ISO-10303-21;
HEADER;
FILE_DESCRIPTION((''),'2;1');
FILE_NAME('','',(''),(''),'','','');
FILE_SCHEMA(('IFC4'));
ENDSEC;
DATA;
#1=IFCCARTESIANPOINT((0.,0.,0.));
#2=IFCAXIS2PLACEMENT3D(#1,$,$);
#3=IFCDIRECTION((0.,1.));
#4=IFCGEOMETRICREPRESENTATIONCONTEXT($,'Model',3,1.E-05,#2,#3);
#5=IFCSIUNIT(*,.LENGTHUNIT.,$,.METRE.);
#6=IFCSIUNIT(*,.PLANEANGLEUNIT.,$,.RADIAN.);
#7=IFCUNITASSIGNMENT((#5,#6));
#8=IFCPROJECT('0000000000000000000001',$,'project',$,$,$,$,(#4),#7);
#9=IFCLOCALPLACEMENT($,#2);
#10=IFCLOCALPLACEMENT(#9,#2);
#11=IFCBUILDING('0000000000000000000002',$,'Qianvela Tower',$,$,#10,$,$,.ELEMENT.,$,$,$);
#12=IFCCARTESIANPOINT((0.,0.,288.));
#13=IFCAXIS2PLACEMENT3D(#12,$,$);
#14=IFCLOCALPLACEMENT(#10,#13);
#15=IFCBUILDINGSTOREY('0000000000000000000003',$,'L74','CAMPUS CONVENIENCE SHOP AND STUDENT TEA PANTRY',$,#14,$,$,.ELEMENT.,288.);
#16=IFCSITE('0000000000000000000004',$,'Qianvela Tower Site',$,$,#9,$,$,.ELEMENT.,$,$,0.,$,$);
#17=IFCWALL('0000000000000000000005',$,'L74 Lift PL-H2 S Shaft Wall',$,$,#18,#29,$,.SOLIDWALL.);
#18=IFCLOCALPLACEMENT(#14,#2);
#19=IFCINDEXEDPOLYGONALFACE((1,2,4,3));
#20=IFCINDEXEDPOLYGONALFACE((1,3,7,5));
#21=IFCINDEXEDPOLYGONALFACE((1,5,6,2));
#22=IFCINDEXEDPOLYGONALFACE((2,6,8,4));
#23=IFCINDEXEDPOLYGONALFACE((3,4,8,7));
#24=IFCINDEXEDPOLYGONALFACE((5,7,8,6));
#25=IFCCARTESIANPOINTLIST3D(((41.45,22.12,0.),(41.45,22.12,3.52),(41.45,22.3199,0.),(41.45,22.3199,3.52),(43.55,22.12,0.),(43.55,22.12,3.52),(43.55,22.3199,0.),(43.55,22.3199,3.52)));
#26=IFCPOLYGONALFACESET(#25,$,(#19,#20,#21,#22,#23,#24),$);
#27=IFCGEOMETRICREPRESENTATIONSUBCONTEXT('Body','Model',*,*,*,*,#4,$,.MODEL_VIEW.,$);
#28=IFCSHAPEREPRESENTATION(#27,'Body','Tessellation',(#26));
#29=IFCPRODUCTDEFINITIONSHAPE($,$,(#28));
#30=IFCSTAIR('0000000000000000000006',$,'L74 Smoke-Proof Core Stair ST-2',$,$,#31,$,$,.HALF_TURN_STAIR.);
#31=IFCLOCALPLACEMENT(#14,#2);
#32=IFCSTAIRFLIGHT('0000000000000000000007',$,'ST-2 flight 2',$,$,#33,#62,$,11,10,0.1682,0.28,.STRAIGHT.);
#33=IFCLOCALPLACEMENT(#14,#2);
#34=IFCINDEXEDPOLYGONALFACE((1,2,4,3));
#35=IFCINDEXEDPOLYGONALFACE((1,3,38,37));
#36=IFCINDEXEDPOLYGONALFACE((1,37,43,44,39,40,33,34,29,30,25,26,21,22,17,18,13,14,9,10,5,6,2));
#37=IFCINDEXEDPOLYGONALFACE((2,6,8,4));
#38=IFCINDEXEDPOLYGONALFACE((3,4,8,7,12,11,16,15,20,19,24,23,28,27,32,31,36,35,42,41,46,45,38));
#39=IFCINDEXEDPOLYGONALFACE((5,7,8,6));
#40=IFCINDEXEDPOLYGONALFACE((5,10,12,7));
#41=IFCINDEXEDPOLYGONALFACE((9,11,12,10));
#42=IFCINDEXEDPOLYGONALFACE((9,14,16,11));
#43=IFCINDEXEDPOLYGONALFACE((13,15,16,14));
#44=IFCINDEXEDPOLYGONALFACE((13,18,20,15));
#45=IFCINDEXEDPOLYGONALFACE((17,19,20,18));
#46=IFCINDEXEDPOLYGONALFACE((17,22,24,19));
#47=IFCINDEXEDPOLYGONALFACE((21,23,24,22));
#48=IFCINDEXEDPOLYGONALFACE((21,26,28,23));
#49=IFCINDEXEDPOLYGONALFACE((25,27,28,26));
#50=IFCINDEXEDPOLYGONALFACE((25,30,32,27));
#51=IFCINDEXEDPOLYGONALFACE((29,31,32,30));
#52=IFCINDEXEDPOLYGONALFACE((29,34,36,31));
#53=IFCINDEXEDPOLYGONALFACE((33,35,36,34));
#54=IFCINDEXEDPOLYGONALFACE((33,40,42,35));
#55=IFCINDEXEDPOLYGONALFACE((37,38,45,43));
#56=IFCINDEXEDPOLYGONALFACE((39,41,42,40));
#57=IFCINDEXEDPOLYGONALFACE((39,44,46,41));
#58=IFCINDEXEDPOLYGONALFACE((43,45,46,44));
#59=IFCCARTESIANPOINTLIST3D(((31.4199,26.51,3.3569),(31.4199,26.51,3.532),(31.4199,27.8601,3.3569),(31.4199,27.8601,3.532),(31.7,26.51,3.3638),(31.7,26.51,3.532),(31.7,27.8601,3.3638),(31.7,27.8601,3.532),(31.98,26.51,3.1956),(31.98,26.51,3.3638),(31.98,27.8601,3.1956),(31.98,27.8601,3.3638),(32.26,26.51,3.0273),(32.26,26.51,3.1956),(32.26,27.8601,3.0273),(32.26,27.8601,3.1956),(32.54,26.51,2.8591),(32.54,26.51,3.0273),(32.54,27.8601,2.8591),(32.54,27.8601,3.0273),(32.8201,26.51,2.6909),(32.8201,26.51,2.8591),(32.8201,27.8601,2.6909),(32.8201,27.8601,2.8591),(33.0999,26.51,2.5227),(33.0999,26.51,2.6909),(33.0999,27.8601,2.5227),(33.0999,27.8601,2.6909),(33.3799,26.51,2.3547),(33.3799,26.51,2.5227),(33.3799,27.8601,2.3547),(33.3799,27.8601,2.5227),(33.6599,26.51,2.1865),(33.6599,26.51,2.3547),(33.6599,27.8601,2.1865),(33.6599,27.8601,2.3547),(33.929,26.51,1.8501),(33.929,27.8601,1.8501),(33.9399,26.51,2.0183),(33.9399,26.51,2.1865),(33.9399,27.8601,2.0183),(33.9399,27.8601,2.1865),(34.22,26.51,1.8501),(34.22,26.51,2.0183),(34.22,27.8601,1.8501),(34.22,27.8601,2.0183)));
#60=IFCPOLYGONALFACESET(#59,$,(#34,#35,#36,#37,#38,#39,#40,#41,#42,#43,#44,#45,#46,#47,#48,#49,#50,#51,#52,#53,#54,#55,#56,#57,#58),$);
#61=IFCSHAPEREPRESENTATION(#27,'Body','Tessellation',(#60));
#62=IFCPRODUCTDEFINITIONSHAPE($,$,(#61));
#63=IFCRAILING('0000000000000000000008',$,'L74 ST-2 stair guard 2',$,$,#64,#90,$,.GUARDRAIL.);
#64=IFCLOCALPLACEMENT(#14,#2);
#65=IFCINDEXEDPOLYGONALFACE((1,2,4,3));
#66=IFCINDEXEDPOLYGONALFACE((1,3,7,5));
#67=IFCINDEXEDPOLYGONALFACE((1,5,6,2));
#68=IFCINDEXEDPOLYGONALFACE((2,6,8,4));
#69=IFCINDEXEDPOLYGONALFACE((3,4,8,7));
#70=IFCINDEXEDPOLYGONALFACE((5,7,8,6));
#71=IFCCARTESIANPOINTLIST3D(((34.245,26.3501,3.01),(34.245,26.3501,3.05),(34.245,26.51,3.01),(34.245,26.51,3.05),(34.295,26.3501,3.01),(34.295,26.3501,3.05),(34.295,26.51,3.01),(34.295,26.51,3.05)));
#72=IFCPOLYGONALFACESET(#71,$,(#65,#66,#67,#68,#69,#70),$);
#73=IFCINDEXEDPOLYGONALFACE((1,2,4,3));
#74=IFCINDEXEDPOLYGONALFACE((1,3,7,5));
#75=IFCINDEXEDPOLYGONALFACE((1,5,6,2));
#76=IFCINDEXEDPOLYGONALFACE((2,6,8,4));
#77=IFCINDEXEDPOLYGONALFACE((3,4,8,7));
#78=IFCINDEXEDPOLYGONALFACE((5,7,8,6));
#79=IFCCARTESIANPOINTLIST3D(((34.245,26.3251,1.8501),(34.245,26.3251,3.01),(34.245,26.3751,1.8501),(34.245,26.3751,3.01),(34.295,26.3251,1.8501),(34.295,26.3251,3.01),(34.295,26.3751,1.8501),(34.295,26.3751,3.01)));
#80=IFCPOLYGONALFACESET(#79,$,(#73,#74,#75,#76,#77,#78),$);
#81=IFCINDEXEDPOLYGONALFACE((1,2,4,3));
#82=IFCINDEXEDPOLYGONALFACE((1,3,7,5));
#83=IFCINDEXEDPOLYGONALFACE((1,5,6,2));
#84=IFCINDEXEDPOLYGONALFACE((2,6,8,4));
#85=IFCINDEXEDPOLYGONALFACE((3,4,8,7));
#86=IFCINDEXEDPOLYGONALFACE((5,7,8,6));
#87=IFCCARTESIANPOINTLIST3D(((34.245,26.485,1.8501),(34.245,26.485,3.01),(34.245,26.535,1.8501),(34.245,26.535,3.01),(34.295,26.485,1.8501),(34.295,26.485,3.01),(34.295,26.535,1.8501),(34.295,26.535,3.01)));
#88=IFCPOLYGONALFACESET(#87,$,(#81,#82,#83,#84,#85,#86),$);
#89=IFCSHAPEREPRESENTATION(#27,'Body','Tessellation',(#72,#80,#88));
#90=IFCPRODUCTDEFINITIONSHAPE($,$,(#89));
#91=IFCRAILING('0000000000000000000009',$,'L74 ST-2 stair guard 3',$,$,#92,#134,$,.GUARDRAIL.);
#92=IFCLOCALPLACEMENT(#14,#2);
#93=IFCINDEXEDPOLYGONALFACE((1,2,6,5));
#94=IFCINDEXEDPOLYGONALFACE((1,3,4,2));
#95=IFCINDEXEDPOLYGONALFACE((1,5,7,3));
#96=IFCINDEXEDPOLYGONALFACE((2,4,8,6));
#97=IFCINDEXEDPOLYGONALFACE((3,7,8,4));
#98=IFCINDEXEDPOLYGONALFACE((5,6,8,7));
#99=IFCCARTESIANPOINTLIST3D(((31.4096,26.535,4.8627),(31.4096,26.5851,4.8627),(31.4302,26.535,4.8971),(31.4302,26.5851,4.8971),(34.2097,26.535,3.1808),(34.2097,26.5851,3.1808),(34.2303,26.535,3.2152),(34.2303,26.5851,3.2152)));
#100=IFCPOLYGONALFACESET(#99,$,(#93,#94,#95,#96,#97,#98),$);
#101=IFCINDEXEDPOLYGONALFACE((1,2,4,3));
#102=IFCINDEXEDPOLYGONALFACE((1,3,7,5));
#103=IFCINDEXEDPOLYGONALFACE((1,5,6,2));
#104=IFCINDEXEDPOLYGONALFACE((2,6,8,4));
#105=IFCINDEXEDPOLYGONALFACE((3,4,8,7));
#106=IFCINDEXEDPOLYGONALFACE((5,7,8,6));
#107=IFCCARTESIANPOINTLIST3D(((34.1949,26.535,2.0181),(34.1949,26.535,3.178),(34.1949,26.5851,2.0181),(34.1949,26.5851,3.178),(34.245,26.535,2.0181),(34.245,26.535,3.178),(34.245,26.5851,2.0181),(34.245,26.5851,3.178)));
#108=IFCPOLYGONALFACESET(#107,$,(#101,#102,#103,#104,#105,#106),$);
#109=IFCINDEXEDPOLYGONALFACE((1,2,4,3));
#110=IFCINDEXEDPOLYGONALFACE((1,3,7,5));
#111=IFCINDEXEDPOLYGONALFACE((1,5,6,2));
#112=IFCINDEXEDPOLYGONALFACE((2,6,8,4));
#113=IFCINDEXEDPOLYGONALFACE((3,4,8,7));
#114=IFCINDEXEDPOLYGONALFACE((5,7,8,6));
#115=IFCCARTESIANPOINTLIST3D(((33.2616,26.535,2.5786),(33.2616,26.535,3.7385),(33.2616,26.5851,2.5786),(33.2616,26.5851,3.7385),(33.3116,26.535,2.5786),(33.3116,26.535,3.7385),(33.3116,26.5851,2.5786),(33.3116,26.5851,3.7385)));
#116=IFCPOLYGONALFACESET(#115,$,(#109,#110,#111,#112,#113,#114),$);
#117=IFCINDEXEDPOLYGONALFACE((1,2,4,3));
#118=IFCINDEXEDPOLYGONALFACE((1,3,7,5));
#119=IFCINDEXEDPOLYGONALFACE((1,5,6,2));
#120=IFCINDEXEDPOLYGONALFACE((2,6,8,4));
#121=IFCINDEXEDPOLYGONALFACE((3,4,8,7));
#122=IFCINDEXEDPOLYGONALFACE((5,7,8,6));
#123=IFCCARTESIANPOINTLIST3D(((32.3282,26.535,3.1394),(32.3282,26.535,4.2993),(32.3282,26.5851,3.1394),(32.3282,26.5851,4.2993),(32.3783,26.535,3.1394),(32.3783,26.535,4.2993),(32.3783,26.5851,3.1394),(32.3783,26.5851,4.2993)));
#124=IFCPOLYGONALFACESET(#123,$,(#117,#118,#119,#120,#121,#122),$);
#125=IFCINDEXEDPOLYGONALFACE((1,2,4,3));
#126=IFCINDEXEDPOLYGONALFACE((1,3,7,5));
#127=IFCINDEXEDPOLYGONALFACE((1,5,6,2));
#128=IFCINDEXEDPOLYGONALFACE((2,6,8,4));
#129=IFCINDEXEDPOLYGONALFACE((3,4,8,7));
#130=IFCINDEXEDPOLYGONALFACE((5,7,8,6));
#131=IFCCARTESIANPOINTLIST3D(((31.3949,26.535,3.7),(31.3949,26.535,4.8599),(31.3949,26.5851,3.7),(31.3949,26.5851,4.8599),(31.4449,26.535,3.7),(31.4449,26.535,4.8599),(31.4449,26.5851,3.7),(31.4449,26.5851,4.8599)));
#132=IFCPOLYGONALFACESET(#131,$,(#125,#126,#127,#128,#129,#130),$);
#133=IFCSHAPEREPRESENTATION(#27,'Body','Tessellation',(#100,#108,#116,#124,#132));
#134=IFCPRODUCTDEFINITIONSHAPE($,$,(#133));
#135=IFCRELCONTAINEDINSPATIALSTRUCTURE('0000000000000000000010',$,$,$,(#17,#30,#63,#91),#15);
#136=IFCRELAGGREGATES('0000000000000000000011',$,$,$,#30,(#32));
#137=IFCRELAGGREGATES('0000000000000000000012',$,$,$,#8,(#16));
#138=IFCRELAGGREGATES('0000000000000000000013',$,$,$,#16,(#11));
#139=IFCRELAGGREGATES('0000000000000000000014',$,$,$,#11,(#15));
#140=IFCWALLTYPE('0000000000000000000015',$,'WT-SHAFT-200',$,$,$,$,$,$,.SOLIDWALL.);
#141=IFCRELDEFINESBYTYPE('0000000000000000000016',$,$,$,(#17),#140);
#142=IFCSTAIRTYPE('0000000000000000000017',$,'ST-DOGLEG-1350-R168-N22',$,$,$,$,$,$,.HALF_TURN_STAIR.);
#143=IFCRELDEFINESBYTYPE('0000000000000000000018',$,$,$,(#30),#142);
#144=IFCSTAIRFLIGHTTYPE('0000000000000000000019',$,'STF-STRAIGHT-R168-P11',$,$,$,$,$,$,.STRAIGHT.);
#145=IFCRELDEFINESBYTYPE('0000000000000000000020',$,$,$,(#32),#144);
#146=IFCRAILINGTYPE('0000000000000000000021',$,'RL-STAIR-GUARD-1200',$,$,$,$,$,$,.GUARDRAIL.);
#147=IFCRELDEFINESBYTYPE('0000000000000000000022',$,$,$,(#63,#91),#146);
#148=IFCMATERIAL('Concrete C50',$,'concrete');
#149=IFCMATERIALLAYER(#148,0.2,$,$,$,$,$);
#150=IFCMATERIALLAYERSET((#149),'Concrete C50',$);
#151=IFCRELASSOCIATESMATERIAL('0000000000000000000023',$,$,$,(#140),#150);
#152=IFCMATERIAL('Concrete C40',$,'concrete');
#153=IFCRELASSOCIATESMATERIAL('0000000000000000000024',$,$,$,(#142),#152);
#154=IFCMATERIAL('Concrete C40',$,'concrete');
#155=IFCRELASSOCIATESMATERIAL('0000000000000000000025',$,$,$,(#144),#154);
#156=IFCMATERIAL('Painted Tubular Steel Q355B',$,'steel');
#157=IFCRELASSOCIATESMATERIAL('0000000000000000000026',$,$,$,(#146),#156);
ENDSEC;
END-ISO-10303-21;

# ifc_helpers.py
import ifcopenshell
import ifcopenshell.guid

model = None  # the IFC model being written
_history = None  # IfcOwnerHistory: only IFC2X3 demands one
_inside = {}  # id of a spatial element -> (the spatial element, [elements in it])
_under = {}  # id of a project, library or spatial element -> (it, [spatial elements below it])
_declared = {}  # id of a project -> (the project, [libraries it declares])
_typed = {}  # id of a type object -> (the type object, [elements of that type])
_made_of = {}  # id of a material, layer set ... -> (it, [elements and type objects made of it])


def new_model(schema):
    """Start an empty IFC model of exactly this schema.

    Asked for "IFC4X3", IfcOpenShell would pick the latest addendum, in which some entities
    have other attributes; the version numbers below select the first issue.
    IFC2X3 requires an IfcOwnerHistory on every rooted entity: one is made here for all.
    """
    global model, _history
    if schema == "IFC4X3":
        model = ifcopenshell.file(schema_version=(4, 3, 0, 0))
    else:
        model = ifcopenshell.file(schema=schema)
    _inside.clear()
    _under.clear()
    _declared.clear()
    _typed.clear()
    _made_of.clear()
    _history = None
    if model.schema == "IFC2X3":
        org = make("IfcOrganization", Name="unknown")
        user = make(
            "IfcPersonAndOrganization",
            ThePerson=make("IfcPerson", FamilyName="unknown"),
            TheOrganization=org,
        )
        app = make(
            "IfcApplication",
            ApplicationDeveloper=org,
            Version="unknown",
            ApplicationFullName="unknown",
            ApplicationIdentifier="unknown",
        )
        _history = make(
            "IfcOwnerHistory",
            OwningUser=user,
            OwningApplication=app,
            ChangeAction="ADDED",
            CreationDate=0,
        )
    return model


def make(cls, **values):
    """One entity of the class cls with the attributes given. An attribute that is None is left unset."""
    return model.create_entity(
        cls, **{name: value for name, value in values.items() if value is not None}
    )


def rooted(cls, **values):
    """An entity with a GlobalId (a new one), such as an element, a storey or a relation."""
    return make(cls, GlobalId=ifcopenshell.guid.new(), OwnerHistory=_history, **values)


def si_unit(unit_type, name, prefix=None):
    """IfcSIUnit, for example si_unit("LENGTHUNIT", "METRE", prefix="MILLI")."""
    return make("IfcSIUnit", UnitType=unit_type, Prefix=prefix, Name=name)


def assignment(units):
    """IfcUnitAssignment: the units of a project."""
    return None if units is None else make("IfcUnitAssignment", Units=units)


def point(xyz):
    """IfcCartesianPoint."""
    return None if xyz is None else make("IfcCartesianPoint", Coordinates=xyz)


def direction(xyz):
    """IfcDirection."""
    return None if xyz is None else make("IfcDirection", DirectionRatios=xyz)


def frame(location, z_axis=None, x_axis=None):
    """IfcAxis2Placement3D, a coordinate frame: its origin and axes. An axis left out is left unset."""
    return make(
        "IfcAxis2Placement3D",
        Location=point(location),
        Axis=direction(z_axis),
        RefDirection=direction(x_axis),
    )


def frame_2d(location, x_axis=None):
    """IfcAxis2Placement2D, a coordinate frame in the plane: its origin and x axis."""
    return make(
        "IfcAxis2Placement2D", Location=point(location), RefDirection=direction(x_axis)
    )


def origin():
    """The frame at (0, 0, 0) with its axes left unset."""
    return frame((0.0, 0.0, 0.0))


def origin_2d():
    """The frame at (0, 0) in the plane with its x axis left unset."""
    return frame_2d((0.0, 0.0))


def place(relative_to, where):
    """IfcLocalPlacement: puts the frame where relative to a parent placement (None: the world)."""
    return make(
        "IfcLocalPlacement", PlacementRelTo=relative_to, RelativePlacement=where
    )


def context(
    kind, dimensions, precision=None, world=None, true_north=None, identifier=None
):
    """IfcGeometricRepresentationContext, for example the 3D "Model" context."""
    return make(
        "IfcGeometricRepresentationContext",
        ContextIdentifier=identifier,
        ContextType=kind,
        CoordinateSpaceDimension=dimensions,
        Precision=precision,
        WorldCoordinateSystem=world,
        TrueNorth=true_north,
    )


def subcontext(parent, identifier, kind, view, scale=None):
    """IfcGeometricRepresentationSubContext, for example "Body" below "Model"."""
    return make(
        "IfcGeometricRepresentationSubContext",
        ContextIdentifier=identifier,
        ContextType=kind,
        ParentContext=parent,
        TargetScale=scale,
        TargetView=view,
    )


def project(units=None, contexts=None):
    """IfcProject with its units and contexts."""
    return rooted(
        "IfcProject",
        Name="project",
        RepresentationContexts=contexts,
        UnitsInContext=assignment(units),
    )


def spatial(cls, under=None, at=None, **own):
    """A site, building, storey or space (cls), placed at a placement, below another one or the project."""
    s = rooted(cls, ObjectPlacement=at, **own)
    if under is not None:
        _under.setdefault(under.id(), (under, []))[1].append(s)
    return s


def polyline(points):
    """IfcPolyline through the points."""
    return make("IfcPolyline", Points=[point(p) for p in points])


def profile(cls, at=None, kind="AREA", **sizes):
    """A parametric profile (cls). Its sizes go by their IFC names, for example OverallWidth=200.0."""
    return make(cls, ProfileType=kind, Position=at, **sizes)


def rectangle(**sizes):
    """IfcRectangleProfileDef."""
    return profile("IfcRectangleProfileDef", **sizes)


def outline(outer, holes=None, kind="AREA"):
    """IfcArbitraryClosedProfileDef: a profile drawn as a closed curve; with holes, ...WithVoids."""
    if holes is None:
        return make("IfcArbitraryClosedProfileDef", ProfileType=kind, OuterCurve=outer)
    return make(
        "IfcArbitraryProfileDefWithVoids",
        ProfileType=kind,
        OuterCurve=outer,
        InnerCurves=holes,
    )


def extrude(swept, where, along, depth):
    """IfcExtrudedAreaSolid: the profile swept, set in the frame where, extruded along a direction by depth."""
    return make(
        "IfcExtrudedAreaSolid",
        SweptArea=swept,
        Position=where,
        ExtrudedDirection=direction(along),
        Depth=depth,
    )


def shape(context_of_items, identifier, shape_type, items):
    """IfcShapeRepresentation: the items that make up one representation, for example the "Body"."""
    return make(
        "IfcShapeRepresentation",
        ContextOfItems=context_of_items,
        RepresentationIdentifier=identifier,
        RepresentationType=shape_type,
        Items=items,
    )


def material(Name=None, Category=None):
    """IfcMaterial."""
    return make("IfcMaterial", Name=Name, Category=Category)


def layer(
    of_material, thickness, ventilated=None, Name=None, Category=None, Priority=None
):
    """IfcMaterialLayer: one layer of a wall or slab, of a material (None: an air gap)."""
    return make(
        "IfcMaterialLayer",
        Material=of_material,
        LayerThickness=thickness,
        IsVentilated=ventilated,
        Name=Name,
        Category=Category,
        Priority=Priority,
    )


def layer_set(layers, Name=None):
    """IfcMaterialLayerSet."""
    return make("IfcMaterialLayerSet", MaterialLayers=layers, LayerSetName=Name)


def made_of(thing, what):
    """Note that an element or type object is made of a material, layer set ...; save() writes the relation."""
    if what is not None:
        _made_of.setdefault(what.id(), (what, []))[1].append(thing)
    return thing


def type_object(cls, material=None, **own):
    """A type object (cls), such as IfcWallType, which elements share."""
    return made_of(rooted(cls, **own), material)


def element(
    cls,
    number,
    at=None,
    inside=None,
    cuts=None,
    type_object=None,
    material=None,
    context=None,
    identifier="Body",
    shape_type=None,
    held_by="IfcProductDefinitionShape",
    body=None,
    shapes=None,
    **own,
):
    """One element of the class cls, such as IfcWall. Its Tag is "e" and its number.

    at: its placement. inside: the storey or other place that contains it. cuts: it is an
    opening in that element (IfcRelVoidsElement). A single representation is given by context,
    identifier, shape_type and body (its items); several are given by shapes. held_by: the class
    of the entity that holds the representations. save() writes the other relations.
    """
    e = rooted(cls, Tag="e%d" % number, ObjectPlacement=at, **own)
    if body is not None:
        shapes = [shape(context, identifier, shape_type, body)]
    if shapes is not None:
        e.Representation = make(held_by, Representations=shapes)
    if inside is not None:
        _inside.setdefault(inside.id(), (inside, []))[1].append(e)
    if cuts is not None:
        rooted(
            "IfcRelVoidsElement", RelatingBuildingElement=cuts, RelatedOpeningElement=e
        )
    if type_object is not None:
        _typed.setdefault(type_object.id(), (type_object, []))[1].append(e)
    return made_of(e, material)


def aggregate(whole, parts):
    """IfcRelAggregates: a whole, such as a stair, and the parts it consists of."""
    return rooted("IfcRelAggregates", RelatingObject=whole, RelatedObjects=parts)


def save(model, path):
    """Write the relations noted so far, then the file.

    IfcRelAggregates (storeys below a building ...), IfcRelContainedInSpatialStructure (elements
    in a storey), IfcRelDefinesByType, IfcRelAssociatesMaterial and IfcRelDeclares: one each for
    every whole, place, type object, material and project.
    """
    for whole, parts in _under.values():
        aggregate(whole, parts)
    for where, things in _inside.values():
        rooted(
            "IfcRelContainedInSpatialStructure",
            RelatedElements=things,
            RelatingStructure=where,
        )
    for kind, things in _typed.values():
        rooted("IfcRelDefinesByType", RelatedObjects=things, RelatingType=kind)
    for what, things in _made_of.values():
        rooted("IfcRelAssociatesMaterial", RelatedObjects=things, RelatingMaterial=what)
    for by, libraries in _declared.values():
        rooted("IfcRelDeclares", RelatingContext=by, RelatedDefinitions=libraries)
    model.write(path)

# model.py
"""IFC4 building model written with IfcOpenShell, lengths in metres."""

from ifc_helpers import new_model, si_unit, direction, frame, frame_2d, origin, origin_2d, place, context, subcontext, project, spatial, polyline, rectangle, outline, extrude, material, layer, layer_set, type_object, element, aggregate, save


model = new_model("IFC4")

# Units and contexts
model_context = context("Model", 3, precision=1e-05, world=origin(), true_north=direction((0.0, 1.0)))
body_context = subcontext(model_context, "Body", "Model", "MODEL_VIEW")
ifc_project = project(units=[si_unit("LENGTHUNIT", "METRE"), si_unit("PLANEANGLEUNIT", "RADIAN")], contexts=[model_context])

# Site, building, storey
site_placement = place(None, origin())
site = spatial("IfcSite", under=ifc_project, at=site_placement, Name="Qianvela Tower Site", CompositionType="ELEMENT", RefElevation=0.0)
building_placement = place(site_placement, origin())
building = spatial("IfcBuilding", under=site, at=building_placement, Name="Qianvela Tower", CompositionType="ELEMENT")
storey_placement = place(building_placement, frame((0.0, 0.0, 288.0)))
storey = spatial("IfcBuildingStorey", under=building, at=storey_placement, Name="L74", Description="CAMPUS CONVENIENCE SHOP AND STUDENT TEA PANTRY", CompositionType="ELEMENT", Elevation=288.0)

# Shared definitions
ifc_material_1 = material(Name="Concrete C50", Category="concrete")
ifc_layer_1 = layer(ifc_material_1, 0.2)
ifc_layer_set_1 = layer_set([ifc_layer_1], Name="Concrete C50")
wall_type_1 = type_object("IfcWallType", Name="WT-SHAFT-200", PredefinedType="SOLIDWALL", material=ifc_layer_set_1)

# Wall
for number, where, z_axis, x_axis, name in (
    (1, (41.45, 22.22, 0.0), (0.0, 0.0, 1.0), (1.0, 0.0, 0.0), "L74 Lift PL-H2 S Shaft Wall"),
):
    element("IfcWall", number, at=place(storey_placement, frame(where, z_axis=z_axis, x_axis=x_axis)), inside=storey, type_object=wall_type_1, Name=name, PredefinedType="SOLIDWALL", context=body_context, shape_type="SweptSolid", body=[
        extrude(rectangle(XDim=2.1001, YDim=0.2, at=frame_2d((1.05, 0.0))), origin(), (0.0, 0.0, 1.0), 3.52),
    ])

# Stair, stair flight
ifc_material_2 = material(Name="Concrete C40", Category="concrete")
stair_type = type_object("IfcStairType", Name="ST-DOGLEG-1350-R168-N22", PredefinedType="HALF_TURN_STAIR", material=ifc_material_2)
stair_placement = place(storey_placement, origin())
stair = element("IfcStair", 2, at=stair_placement, inside=storey, type_object=stair_type, Name="L74 Smoke-Proof Core Stair ST-2", PredefinedType="HALF_TURN_STAIR")
ifc_material_3 = material(Name="Concrete C40", Category="concrete")
stair_flight_type = type_object("IfcStairFlightType", Name="STF-STRAIGHT-R168-P11", PredefinedType="STRAIGHT", material=ifc_material_3)
stair_flight_placement = place(storey_placement, frame((34.22, 27.1851, 1.8501), z_axis=(0.0, 0.0, 1.0), x_axis=(-1.0, 0.0, 0.0)))
stair_flight = element("IfcStairFlight", 3, at=stair_flight_placement, type_object=stair_flight_type, Name="ST-2 flight 2", NumberOfRisers=11, NumberOfTreads=10, PredefinedType="STRAIGHT", RiserHeight=0.1682, TreadLength=0.28, context=body_context, shape_type="SweptSolid", body=[
    extrude(outline(polyline([(0.0, 0.0), (0.0, 0.1682), (0.28, 0.1682), (0.28, 0.3364), (0.5601, 0.3364), (0.5601, 0.5046), (0.8401, 0.5046), (0.8401, 0.6726), (1.1201, 0.6726), (1.1201, 0.8408), (1.3999, 0.8408), (1.3999, 1.009), (1.6799, 1.009), (1.6799, 1.1772), (1.96, 1.1772), (1.96, 1.3455), (2.24, 1.3455), (2.24, 1.5137), (2.52, 1.5137), (2.52, 1.6819), (2.8, 1.6819), (2.8, 1.8501), (2.8, 1.5068), (0.291, 0.0), (0.0, 0.0)])), frame((0.0, 0.675, 0.0), z_axis=(0.0, -1.0, 0.0), x_axis=(1.0, 0.0, 0.0)), (0.0, 0.0, 1.0), 1.3501),
])
aggregate(stair, [stair_flight])

# Railings
ifc_material_4 = material(Name="Painted Tubular Steel Q355B", Category="steel")
railing_type = type_object("IfcRailingType", Name="RL-STAIR-GUARD-1200", PredefinedType="GUARDRAIL", material=ifc_material_4)
railing_1_placement = place(storey_placement, frame((34.27, 26.3501, 1.8501)))
element("IfcRailing", 4, at=railing_1_placement, inside=storey, type_object=railing_type, Name="L74 ST-2 stair guard 2", PredefinedType="GUARDRAIL", context=body_context, shape_type="SweptSolid", body=[
    extrude(rectangle(XDim=0.05, YDim=0.04, at=origin_2d()), frame((0.0, 0.0, 1.1799), z_axis=(0.0, 1.0, 0.0), x_axis=(-1.0, 0.0, 0.0)), (0.0, 0.0, 1.0), 0.1599),
    extrude(rectangle(XDim=0.05, YDim=0.05, at=origin_2d()), origin(), (0.0, 0.0, 1.0), 1.1599),
    extrude(rectangle(XDim=0.05, YDim=0.05, at=origin_2d()), frame((0.0, 0.1599, 0.0)), (0.0, 0.0, 1.0), 1.1599),
])
railing_2_placement = place(storey_placement, frame((34.22, 26.5601, 2.0181)))
element("IfcRailing", 5, at=railing_2_placement, inside=storey, type_object=railing_type, Name="L74 ST-2 stair guard 3", PredefinedType="GUARDRAIL", context=body_context, shape_type="SweptSolid", body=[
    extrude(rectangle(XDim=0.05, YDim=0.04, at=origin_2d()), frame((0.0, 0.0, 1.1799), z_axis=(-0.857242, 0.0, 0.514913), x_axis=(0.0, -1.0, 0.0)), (0.0, 0.0, 1.0), 3.2664),
    extrude(rectangle(XDim=0.05, YDim=0.05, at=origin_2d()), origin(), (0.0, 0.0, 1.0), 1.1599),
    extrude(rectangle(XDim=0.05, YDim=0.05, at=origin_2d()), frame((-0.9333, 0.0, 0.5605)), (0.0, 0.0, 1.0), 1.1599),
    extrude(rectangle(XDim=0.05, YDim=0.05, at=origin_2d()), frame((-1.8667, 0.0, 1.1213)), (0.0, 0.0, 1.0), 1.1599),
    extrude(rectangle(XDim=0.05, YDim=0.05, at=origin_2d()), frame((-2.8, 0.0, 1.6819)), (0.0, 0.0, 1.0), 1.1599),
])

save(model, "model.ifc")
